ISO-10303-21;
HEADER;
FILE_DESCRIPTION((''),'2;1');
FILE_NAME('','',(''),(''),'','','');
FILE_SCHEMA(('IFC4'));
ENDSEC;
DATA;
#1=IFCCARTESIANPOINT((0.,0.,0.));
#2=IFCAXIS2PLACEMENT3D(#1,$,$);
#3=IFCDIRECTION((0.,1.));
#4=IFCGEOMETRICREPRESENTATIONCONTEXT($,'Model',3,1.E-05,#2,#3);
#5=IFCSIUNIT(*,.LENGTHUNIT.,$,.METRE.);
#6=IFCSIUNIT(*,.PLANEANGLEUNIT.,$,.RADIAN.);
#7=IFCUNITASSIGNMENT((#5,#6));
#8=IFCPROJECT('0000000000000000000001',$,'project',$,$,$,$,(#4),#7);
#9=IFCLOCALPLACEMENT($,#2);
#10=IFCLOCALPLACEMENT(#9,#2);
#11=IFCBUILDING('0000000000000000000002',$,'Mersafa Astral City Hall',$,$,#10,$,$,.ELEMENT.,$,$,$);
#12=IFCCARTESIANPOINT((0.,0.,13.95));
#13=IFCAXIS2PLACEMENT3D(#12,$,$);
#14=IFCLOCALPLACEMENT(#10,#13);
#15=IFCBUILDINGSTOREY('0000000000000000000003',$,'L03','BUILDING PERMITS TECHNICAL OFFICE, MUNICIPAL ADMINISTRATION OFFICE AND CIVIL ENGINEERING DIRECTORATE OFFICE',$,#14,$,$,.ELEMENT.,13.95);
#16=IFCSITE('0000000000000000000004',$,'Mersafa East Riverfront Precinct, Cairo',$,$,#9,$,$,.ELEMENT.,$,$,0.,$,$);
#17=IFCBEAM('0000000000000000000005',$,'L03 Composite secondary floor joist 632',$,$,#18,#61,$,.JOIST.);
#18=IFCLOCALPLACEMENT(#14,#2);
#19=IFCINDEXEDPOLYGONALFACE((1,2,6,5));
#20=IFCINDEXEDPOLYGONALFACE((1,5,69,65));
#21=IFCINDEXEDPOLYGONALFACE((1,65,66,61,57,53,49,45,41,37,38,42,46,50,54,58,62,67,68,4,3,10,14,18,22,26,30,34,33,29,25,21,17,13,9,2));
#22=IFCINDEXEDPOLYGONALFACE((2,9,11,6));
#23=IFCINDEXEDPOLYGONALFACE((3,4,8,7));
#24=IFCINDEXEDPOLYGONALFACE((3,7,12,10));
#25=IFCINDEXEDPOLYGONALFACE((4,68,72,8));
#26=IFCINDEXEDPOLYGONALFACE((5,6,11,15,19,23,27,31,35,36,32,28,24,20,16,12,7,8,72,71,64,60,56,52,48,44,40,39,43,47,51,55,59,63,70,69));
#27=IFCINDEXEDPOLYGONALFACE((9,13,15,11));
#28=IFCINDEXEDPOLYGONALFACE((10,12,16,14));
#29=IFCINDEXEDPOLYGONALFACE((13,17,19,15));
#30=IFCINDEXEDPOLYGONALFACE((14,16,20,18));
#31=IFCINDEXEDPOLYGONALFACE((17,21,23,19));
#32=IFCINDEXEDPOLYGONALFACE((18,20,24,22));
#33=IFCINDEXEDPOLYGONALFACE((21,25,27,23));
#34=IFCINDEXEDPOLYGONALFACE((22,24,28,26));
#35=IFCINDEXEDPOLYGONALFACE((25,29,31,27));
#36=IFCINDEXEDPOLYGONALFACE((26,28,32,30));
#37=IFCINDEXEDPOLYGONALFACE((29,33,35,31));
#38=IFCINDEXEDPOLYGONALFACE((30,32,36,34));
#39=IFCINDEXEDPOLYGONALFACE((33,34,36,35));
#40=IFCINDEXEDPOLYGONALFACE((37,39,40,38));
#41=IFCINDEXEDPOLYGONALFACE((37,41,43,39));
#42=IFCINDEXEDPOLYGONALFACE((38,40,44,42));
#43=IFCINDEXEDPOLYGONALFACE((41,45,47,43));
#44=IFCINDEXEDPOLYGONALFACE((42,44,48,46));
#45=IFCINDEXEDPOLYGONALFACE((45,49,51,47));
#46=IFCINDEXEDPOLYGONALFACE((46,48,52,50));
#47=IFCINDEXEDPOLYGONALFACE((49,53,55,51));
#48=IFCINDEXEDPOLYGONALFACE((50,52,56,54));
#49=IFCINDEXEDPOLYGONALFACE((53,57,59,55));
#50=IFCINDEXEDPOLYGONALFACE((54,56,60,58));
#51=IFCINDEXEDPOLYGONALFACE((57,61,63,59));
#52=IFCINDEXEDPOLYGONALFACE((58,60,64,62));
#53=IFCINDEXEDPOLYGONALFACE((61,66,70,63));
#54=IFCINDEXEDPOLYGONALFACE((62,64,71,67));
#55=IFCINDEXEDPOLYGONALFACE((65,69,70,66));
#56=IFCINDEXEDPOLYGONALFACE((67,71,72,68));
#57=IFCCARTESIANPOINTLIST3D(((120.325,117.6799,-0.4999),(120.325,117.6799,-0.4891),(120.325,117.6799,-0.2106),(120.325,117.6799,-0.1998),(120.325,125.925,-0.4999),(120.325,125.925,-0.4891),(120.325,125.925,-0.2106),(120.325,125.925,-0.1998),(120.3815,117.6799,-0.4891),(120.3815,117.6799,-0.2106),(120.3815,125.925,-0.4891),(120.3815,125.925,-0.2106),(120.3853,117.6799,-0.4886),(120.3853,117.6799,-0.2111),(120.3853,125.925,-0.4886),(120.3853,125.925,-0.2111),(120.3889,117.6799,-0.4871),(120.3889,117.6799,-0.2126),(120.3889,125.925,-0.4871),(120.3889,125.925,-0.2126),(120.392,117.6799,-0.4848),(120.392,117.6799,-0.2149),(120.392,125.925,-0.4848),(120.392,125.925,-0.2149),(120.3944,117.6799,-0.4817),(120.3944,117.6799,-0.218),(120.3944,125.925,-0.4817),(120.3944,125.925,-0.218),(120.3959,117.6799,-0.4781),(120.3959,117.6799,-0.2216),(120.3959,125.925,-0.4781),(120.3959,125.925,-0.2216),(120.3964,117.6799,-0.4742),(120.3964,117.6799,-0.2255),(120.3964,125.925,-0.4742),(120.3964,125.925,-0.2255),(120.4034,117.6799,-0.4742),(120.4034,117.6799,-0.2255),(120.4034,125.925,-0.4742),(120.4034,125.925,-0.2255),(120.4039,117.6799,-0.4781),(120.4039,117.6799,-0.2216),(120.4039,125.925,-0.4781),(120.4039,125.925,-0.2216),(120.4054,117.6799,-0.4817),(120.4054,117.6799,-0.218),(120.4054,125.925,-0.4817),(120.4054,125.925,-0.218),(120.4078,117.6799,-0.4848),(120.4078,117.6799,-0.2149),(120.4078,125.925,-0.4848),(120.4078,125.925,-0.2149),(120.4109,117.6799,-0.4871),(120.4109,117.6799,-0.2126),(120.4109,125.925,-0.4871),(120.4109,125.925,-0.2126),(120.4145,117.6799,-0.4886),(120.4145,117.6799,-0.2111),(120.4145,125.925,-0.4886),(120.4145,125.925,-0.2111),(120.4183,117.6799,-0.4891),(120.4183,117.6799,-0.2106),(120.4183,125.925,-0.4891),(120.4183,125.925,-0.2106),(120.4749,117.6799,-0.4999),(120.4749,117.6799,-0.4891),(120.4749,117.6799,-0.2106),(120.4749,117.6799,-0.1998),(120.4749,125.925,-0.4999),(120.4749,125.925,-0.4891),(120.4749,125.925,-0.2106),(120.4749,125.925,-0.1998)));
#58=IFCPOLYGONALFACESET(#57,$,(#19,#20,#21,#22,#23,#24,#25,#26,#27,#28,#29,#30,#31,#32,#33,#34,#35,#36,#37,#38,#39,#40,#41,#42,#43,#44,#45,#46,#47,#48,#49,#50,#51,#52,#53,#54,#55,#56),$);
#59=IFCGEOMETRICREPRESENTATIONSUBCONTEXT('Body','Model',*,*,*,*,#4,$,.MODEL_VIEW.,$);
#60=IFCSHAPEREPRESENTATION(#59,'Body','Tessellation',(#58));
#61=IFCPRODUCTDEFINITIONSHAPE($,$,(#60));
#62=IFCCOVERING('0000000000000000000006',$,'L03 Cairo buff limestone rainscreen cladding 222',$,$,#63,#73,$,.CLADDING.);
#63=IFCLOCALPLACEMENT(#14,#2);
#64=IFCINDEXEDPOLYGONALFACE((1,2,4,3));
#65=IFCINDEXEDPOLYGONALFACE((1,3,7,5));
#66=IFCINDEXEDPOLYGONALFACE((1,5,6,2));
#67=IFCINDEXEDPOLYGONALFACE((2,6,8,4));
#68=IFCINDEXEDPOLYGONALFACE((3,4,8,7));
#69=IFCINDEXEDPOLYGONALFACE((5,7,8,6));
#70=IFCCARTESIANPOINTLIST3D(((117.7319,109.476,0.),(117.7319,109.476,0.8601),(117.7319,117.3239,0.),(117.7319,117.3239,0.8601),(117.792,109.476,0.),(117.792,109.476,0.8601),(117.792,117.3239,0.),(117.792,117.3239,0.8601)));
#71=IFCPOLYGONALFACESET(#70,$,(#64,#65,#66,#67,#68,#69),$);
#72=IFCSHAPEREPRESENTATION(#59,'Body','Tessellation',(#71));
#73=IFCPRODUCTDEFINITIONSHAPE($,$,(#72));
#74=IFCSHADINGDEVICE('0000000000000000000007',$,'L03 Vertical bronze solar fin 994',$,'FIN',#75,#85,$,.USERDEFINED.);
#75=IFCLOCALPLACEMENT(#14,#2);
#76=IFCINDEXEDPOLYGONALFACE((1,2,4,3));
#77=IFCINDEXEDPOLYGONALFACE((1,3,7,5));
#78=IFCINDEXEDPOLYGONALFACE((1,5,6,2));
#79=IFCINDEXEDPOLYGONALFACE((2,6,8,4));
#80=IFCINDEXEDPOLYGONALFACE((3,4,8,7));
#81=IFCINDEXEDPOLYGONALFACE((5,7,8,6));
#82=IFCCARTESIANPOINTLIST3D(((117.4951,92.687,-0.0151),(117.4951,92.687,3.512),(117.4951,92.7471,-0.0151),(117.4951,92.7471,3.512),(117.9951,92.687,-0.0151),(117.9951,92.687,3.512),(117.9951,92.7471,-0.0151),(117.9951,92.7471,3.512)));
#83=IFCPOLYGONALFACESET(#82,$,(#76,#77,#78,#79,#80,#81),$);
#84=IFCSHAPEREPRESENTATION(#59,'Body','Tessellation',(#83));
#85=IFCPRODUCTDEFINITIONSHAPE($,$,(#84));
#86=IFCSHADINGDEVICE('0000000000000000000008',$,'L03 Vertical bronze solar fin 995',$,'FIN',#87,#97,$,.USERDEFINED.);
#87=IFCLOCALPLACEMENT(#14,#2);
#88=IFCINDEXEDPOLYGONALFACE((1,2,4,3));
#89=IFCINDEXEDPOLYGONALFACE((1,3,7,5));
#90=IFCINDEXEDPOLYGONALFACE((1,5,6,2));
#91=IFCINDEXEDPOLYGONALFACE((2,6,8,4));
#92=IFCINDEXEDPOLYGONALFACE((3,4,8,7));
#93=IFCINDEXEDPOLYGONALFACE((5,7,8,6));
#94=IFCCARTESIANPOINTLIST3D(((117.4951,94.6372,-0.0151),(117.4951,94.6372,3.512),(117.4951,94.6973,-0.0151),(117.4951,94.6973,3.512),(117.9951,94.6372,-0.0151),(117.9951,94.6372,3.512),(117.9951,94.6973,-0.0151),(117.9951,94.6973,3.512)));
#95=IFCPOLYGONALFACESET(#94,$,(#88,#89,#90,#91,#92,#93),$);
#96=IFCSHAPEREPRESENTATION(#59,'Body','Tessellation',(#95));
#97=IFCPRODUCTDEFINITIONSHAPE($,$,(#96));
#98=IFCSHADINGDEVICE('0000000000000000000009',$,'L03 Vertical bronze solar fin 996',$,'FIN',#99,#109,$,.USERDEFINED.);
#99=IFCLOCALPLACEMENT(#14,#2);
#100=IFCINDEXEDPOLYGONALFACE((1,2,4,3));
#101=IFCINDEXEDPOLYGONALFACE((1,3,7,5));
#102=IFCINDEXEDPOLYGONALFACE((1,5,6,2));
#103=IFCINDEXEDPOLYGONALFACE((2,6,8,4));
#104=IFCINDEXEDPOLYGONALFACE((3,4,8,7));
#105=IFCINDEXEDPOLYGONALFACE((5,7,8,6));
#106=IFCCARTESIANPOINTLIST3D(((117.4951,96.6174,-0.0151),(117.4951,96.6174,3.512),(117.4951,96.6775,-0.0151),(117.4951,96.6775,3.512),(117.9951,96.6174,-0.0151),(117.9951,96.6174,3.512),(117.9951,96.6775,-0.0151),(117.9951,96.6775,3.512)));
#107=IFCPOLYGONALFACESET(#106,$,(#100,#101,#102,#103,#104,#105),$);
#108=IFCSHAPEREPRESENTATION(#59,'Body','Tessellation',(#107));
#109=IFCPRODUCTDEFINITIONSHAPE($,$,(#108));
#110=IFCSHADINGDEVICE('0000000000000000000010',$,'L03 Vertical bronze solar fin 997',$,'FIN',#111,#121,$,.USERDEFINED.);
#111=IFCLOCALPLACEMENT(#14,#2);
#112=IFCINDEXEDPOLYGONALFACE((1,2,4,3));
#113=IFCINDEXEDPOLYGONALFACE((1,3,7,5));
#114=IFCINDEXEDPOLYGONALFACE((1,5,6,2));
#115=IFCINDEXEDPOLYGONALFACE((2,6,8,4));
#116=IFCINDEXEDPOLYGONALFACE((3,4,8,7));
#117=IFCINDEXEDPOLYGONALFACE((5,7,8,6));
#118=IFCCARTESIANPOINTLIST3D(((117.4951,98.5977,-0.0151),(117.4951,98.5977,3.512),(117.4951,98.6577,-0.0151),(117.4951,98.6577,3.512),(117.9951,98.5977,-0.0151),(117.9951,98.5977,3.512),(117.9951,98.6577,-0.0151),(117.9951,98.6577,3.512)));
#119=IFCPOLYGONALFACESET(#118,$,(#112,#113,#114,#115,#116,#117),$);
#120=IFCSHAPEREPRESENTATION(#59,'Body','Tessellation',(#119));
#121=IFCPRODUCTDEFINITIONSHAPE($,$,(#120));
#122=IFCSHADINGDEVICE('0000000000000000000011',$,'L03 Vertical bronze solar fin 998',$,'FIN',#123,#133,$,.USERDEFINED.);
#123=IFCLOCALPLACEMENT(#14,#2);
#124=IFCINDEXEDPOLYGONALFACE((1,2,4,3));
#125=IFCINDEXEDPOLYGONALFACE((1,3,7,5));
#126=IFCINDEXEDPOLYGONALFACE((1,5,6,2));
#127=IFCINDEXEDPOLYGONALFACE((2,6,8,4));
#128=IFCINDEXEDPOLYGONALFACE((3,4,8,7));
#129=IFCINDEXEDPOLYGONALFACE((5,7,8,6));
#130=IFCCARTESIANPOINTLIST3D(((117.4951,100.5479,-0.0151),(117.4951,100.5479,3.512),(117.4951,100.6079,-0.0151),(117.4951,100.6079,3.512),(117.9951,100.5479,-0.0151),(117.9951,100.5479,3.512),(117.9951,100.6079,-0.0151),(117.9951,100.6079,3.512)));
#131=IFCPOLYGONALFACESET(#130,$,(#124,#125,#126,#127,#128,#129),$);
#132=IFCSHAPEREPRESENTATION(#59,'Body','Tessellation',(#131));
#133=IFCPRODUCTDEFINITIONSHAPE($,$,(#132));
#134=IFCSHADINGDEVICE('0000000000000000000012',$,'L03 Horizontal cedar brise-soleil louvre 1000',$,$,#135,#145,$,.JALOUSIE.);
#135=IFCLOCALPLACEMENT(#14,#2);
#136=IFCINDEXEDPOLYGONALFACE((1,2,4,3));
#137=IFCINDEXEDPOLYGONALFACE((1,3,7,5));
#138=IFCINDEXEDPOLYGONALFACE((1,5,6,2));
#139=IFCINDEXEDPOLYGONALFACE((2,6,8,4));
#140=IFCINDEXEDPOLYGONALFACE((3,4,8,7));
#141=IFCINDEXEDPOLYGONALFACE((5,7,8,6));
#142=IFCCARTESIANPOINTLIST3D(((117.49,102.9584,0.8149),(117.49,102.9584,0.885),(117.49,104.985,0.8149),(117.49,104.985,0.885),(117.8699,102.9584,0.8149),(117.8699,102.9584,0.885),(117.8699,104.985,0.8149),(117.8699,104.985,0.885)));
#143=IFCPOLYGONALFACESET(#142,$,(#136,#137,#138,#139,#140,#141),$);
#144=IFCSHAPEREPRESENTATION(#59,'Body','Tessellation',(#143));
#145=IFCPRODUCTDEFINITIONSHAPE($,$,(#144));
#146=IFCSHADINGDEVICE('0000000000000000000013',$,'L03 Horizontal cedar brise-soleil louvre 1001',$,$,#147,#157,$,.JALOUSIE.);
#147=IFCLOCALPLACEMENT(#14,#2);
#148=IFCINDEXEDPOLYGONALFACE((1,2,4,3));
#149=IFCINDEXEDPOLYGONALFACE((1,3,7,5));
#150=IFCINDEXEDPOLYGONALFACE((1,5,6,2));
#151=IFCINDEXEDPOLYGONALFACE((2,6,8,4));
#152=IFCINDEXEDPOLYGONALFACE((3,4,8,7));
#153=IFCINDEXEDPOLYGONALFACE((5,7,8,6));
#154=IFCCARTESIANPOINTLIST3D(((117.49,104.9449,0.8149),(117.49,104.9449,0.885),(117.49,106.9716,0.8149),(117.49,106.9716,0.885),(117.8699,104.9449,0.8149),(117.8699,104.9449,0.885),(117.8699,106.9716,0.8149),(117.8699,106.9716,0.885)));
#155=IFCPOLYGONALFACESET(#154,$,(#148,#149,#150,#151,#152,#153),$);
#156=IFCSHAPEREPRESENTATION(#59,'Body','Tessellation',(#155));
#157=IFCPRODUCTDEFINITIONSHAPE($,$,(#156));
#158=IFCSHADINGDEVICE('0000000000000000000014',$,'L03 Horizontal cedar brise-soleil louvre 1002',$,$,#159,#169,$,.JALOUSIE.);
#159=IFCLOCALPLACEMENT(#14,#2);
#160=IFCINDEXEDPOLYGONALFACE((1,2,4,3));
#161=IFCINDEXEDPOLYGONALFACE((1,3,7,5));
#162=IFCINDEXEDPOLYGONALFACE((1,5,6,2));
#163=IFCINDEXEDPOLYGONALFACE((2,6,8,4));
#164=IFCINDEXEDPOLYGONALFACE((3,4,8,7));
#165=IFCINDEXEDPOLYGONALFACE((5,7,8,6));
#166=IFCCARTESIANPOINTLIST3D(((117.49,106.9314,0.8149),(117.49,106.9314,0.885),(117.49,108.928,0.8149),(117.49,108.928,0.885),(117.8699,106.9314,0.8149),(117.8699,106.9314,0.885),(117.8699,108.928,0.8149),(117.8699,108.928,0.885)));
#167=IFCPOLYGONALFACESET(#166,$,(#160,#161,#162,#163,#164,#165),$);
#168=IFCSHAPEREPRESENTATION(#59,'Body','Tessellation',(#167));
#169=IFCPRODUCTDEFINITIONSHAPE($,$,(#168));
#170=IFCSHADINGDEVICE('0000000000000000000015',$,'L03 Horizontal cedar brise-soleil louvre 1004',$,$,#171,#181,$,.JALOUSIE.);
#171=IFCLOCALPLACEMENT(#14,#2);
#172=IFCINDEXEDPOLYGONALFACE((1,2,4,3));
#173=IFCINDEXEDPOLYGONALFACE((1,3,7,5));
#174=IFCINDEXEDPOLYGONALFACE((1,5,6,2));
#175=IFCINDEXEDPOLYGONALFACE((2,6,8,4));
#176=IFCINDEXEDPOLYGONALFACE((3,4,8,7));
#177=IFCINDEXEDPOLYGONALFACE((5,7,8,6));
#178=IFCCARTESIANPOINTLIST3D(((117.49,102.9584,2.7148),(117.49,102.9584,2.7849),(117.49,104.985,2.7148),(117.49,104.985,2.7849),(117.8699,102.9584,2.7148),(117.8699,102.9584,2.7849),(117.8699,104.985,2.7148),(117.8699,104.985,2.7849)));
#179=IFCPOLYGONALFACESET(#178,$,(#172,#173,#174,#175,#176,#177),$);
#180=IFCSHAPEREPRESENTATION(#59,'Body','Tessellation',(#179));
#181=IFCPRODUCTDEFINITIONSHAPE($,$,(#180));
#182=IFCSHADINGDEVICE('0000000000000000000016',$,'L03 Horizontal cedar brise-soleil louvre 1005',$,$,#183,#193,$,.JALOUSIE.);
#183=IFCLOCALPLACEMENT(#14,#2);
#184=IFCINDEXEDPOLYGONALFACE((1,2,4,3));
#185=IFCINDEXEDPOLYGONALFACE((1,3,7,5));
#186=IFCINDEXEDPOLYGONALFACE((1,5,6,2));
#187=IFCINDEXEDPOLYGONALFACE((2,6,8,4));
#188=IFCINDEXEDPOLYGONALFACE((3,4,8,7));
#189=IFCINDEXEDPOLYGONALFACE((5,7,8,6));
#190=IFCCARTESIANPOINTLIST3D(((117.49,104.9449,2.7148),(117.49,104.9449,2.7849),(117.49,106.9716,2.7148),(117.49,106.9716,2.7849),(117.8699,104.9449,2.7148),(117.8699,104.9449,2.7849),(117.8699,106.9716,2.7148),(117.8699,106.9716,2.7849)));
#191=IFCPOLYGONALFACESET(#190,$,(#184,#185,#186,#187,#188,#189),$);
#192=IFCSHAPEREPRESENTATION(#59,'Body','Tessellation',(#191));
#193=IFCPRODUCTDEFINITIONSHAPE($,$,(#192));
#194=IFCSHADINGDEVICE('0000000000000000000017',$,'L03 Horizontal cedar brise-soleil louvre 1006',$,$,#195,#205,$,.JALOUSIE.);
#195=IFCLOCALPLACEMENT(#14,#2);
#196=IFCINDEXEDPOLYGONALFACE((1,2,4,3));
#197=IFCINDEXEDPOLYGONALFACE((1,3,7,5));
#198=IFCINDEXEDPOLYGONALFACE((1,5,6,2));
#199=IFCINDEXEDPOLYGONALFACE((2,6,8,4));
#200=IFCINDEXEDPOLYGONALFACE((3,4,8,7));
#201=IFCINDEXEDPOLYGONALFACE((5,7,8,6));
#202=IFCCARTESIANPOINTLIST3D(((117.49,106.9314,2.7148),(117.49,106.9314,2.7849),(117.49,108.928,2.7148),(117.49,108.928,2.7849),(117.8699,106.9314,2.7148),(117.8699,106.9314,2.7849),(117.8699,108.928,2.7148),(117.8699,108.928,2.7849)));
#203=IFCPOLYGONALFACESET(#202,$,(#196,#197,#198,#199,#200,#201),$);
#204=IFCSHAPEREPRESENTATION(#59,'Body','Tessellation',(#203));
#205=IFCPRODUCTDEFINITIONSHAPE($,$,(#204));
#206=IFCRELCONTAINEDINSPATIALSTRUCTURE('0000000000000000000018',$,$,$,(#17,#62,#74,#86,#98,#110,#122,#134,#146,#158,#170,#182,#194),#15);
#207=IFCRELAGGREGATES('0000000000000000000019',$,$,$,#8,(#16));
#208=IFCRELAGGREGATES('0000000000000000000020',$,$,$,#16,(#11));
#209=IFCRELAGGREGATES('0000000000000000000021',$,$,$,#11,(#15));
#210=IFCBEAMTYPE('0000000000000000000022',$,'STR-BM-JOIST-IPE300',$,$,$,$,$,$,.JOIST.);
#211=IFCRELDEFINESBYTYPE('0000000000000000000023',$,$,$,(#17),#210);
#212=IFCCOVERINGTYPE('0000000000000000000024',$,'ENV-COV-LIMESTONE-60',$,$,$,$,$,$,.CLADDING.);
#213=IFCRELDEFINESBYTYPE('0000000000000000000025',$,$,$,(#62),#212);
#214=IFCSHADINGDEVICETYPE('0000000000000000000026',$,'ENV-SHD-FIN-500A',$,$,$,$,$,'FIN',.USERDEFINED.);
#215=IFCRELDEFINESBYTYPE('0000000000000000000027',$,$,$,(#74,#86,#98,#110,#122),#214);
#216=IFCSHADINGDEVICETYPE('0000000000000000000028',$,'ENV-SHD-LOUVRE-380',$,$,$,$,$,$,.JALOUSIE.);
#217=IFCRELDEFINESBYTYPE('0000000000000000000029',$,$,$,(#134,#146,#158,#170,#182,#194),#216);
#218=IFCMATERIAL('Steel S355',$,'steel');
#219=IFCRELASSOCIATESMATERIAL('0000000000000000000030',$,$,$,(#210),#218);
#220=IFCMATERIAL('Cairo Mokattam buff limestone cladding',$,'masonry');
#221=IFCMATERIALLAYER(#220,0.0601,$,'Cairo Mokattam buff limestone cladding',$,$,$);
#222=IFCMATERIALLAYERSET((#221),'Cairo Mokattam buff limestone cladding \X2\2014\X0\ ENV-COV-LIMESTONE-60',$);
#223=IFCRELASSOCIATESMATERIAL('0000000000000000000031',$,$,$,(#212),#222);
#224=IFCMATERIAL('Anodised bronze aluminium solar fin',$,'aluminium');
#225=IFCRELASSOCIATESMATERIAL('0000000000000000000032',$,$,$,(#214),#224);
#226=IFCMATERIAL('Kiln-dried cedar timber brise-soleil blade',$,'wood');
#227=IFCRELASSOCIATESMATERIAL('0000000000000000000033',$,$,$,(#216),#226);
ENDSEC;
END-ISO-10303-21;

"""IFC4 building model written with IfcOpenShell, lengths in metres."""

from ifc_helpers import new_model, si_unit, direction, frame, origin, origin_2d, place, context, subcontext, project, spatial, rectangle, i_section, extrude, material, layer, layer_set, material_profile, profile_set, type_object, element, save


model = new_model("IFC4")

# Units and contexts
model_context = context("Model", 3, precision=1e-05, world=origin(), true_north=direction((0.0, 1.0)))
body_context = subcontext(model_context, "Body", "Model", "MODEL_VIEW")
ifc_project = project(units=[si_unit("LENGTHUNIT", "METRE"), si_unit("PLANEANGLEUNIT", "RADIAN")], contexts=[model_context])

# Site, building, storey
site_placement = place(None, origin())
site = spatial("IfcSite", under=ifc_project, at=site_placement, Name="Mersafa East Riverfront Precinct, Cairo", CompositionType="ELEMENT", RefElevation=0.0)
building_placement = place(site_placement, origin())
building = spatial("IfcBuilding", under=site, at=building_placement, Name="Mersafa Astral City Hall", CompositionType="ELEMENT")
storey_placement = place(building_placement, frame((0.0, 0.0, 13.95)))
storey = spatial("IfcBuildingStorey", under=building, at=storey_placement, Name="L03", Description="BUILDING PERMITS TECHNICAL OFFICE, MUNICIPAL ADMINISTRATION OFFICE AND CIVIL ENGINEERING DIRECTORATE OFFICE", CompositionType="ELEMENT", Elevation=13.95)

# Beam
ifc_material_1 = material(Name="Steel S355", Category="steel")
ifc_material_profile = material_profile(ifc_material_1, i_section(OverallWidth=0.1499, OverallDepth=0.3, WebThickness=0.0071, FlangeThickness=0.0107, FilletRadius=0.0149, at=origin_2d()), Name="IPE 300")
ifc_profile_set = profile_set([ifc_material_profile], Name="Steel S355")
beam_type = type_object("IfcBeamType", Name="STR-BM-JOIST-IPE300", PredefinedType="JOIST", material=ifc_profile_set)
beam_placement = place(storey_placement, frame((120.3999, 117.6799, -0.3499), z_axis=(0.0, 1.0, 0.0), x_axis=(-1.0, 0.0, 0.0)))
element("IfcBeam", 1, at=beam_placement, inside=storey, type_object=beam_type, Name="L03 Composite secondary floor joist 632", PredefinedType="JOIST", context=body_context, shape_type="SweptSolid", body=[
    extrude(i_section(OverallWidth=0.1499, OverallDepth=0.3, WebThickness=0.0071, FlangeThickness=0.0107, FilletRadius=0.0149, at=origin_2d()), origin(), (0.0, 0.0, 1.0), 8.2451),
])

# Covering
ifc_material_2 = material(Name="Cairo Mokattam buff limestone cladding", Category="masonry")
ifc_layer = layer(ifc_material_2, 0.0601, Name="Cairo Mokattam buff limestone cladding")
ifc_layer_set = layer_set([ifc_layer], Name="Cairo Mokattam buff limestone cladding — ENV-COV-LIMESTONE-60")
covering_type = type_object("IfcCoveringType", Name="ENV-COV-LIMESTONE-60", PredefinedType="CLADDING", material=ifc_layer_set)
covering_placement = place(storey_placement, frame((117.762, 113.3999, 0.0), z_axis=(0.0, 0.0, 1.0), x_axis=(0.0, 1.0, 0.0)))
element("IfcCovering", 2, at=covering_placement, inside=storey, type_object=covering_type, Name="L03 Cairo buff limestone rainscreen cladding 222", PredefinedType="CLADDING", context=body_context, shape_type="SweptSolid", body=[
    extrude(rectangle(XDim=7.8479, YDim=0.0601, at=origin_2d()), origin(), (0.0, 0.0, 1.0), 0.8601),
])

# Shading devices
ifc_material_3 = material(Name="Anodised bronze aluminium solar fin", Category="aluminium")
shading_device_type_1 = type_object("IfcShadingDeviceType", Name="ENV-SHD-FIN-500A", ElementType="FIN", PredefinedType="USERDEFINED", material=ifc_material_3)
for number, where, z_axis, x_axis, name in (
    (3, (117.7451, 92.717, -0.0151), (0.0, 0.0, 1.0), (0.0, 1.0, 0.0), "L03 Vertical bronze solar fin 994"),
    (4, (117.7451, 94.6672, -0.0151), (0.0, 0.0, 1.0), (0.0, 1.0, 0.0), "L03 Vertical bronze solar fin 995"),
    (5, (117.7451, 96.6475, -0.0151), (0.0, 0.0, 1.0), (0.0, 1.0, 0.0), "L03 Vertical bronze solar fin 996"),
    (6, (117.7451, 98.6277, -0.0151), (0.0, 0.0, 1.0), (0.0, 1.0, 0.0), "L03 Vertical bronze solar fin 997"),
    (7, (117.7451, 100.5779, -0.0151), (0.0, 0.0, 1.0), (0.0, 1.0, 0.0), "L03 Vertical bronze solar fin 998"),
):
    element("IfcShadingDevice", number, at=place(storey_placement, frame(where, z_axis=z_axis, x_axis=x_axis)), inside=storey, type_object=shading_device_type_1, Name=name, ObjectType="FIN", PredefinedType="USERDEFINED", context=body_context, shape_type="SweptSolid", body=[
        extrude(rectangle(XDim=0.0601, YDim=0.5, at=origin_2d()), origin(), (0.0, 0.0, 1.0), 3.5271),
    ])
ifc_material_4 = material(Name="Kiln-dried cedar timber brise-soleil blade", Category="wood")
shading_device_type_2 = type_object("IfcShadingDeviceType", Name="ENV-SHD-LOUVRE-380", PredefinedType="JALOUSIE", material=ifc_material_4)
for number, where, z_axis, x_axis, name in (
    (8, (117.6799, 103.9717, 0.8149), (0.0, 0.0, 1.0), (0.0, 1.0, 0.0), "L03 Horizontal cedar brise-soleil louvre 1000"),
    (9, (117.6799, 105.9583, 0.8149), (0.0, 0.0, 1.0), (0.0, 1.0, 0.0), "L03 Horizontal cedar brise-soleil louvre 1001"),
):
    element("IfcShadingDevice", number, at=place(storey_placement, frame(where, z_axis=z_axis, x_axis=x_axis)), inside=storey, type_object=shading_device_type_2, Name=name, PredefinedType="JALOUSIE", context=body_context, shape_type="SweptSolid", body=[
        extrude(rectangle(XDim=2.0266, YDim=0.3799, at=origin_2d()), origin(), (0.0, 0.0, 1.0), 0.0701),
    ])
shading_device_1_placement = place(storey_placement, frame((117.6799, 107.9297, 0.8149), z_axis=(0.0, 0.0, 1.0), x_axis=(0.0, 1.0, 0.0)))
element("IfcShadingDevice", 10, at=shading_device_1_placement, inside=storey, type_object=shading_device_type_2, Name="L03 Horizontal cedar brise-soleil louvre 1002", PredefinedType="JALOUSIE", context=body_context, shape_type="SweptSolid", body=[
    extrude(rectangle(XDim=1.9966, YDim=0.3799, at=origin_2d()), origin(), (0.0, 0.0, 1.0), 0.0701),
])
for number, where, z_axis, x_axis, name in (
    (11, (117.6799, 103.9717, 2.7148), (0.0, 0.0, 1.0), (0.0, 1.0, 0.0), "L03 Horizontal cedar brise-soleil louvre 1004"),
    (12, (117.6799, 105.9583, 2.7148), (0.0, 0.0, 1.0), (0.0, 1.0, 0.0), "L03 Horizontal cedar brise-soleil louvre 1005"),
):
    element("IfcShadingDevice", number, at=place(storey_placement, frame(where, z_axis=z_axis, x_axis=x_axis)), inside=storey, type_object=shading_device_type_2, Name=name, PredefinedType="JALOUSIE", context=body_context, shape_type="SweptSolid", body=[
        extrude(rectangle(XDim=2.0266, YDim=0.3799, at=origin_2d()), origin(), (0.0, 0.0, 1.0), 0.0701),
    ])
shading_device_2_placement = place(storey_placement, frame((117.6799, 107.9297, 2.7148), z_axis=(0.0, 0.0, 1.0), x_axis=(0.0, 1.0, 0.0)))
element("IfcShadingDevice", 13, at=shading_device_2_placement, inside=storey, type_object=shading_device_type_2, Name="L03 Horizontal cedar brise-soleil louvre 1006", PredefinedType="JALOUSIE", context=body_context, shape_type="SweptSolid", body=[
    extrude(rectangle(XDim=1.9966, YDim=0.3799, at=origin_2d()), origin(), (0.0, 0.0, 1.0), 0.0701),
])

save(model, "model.ifc")
